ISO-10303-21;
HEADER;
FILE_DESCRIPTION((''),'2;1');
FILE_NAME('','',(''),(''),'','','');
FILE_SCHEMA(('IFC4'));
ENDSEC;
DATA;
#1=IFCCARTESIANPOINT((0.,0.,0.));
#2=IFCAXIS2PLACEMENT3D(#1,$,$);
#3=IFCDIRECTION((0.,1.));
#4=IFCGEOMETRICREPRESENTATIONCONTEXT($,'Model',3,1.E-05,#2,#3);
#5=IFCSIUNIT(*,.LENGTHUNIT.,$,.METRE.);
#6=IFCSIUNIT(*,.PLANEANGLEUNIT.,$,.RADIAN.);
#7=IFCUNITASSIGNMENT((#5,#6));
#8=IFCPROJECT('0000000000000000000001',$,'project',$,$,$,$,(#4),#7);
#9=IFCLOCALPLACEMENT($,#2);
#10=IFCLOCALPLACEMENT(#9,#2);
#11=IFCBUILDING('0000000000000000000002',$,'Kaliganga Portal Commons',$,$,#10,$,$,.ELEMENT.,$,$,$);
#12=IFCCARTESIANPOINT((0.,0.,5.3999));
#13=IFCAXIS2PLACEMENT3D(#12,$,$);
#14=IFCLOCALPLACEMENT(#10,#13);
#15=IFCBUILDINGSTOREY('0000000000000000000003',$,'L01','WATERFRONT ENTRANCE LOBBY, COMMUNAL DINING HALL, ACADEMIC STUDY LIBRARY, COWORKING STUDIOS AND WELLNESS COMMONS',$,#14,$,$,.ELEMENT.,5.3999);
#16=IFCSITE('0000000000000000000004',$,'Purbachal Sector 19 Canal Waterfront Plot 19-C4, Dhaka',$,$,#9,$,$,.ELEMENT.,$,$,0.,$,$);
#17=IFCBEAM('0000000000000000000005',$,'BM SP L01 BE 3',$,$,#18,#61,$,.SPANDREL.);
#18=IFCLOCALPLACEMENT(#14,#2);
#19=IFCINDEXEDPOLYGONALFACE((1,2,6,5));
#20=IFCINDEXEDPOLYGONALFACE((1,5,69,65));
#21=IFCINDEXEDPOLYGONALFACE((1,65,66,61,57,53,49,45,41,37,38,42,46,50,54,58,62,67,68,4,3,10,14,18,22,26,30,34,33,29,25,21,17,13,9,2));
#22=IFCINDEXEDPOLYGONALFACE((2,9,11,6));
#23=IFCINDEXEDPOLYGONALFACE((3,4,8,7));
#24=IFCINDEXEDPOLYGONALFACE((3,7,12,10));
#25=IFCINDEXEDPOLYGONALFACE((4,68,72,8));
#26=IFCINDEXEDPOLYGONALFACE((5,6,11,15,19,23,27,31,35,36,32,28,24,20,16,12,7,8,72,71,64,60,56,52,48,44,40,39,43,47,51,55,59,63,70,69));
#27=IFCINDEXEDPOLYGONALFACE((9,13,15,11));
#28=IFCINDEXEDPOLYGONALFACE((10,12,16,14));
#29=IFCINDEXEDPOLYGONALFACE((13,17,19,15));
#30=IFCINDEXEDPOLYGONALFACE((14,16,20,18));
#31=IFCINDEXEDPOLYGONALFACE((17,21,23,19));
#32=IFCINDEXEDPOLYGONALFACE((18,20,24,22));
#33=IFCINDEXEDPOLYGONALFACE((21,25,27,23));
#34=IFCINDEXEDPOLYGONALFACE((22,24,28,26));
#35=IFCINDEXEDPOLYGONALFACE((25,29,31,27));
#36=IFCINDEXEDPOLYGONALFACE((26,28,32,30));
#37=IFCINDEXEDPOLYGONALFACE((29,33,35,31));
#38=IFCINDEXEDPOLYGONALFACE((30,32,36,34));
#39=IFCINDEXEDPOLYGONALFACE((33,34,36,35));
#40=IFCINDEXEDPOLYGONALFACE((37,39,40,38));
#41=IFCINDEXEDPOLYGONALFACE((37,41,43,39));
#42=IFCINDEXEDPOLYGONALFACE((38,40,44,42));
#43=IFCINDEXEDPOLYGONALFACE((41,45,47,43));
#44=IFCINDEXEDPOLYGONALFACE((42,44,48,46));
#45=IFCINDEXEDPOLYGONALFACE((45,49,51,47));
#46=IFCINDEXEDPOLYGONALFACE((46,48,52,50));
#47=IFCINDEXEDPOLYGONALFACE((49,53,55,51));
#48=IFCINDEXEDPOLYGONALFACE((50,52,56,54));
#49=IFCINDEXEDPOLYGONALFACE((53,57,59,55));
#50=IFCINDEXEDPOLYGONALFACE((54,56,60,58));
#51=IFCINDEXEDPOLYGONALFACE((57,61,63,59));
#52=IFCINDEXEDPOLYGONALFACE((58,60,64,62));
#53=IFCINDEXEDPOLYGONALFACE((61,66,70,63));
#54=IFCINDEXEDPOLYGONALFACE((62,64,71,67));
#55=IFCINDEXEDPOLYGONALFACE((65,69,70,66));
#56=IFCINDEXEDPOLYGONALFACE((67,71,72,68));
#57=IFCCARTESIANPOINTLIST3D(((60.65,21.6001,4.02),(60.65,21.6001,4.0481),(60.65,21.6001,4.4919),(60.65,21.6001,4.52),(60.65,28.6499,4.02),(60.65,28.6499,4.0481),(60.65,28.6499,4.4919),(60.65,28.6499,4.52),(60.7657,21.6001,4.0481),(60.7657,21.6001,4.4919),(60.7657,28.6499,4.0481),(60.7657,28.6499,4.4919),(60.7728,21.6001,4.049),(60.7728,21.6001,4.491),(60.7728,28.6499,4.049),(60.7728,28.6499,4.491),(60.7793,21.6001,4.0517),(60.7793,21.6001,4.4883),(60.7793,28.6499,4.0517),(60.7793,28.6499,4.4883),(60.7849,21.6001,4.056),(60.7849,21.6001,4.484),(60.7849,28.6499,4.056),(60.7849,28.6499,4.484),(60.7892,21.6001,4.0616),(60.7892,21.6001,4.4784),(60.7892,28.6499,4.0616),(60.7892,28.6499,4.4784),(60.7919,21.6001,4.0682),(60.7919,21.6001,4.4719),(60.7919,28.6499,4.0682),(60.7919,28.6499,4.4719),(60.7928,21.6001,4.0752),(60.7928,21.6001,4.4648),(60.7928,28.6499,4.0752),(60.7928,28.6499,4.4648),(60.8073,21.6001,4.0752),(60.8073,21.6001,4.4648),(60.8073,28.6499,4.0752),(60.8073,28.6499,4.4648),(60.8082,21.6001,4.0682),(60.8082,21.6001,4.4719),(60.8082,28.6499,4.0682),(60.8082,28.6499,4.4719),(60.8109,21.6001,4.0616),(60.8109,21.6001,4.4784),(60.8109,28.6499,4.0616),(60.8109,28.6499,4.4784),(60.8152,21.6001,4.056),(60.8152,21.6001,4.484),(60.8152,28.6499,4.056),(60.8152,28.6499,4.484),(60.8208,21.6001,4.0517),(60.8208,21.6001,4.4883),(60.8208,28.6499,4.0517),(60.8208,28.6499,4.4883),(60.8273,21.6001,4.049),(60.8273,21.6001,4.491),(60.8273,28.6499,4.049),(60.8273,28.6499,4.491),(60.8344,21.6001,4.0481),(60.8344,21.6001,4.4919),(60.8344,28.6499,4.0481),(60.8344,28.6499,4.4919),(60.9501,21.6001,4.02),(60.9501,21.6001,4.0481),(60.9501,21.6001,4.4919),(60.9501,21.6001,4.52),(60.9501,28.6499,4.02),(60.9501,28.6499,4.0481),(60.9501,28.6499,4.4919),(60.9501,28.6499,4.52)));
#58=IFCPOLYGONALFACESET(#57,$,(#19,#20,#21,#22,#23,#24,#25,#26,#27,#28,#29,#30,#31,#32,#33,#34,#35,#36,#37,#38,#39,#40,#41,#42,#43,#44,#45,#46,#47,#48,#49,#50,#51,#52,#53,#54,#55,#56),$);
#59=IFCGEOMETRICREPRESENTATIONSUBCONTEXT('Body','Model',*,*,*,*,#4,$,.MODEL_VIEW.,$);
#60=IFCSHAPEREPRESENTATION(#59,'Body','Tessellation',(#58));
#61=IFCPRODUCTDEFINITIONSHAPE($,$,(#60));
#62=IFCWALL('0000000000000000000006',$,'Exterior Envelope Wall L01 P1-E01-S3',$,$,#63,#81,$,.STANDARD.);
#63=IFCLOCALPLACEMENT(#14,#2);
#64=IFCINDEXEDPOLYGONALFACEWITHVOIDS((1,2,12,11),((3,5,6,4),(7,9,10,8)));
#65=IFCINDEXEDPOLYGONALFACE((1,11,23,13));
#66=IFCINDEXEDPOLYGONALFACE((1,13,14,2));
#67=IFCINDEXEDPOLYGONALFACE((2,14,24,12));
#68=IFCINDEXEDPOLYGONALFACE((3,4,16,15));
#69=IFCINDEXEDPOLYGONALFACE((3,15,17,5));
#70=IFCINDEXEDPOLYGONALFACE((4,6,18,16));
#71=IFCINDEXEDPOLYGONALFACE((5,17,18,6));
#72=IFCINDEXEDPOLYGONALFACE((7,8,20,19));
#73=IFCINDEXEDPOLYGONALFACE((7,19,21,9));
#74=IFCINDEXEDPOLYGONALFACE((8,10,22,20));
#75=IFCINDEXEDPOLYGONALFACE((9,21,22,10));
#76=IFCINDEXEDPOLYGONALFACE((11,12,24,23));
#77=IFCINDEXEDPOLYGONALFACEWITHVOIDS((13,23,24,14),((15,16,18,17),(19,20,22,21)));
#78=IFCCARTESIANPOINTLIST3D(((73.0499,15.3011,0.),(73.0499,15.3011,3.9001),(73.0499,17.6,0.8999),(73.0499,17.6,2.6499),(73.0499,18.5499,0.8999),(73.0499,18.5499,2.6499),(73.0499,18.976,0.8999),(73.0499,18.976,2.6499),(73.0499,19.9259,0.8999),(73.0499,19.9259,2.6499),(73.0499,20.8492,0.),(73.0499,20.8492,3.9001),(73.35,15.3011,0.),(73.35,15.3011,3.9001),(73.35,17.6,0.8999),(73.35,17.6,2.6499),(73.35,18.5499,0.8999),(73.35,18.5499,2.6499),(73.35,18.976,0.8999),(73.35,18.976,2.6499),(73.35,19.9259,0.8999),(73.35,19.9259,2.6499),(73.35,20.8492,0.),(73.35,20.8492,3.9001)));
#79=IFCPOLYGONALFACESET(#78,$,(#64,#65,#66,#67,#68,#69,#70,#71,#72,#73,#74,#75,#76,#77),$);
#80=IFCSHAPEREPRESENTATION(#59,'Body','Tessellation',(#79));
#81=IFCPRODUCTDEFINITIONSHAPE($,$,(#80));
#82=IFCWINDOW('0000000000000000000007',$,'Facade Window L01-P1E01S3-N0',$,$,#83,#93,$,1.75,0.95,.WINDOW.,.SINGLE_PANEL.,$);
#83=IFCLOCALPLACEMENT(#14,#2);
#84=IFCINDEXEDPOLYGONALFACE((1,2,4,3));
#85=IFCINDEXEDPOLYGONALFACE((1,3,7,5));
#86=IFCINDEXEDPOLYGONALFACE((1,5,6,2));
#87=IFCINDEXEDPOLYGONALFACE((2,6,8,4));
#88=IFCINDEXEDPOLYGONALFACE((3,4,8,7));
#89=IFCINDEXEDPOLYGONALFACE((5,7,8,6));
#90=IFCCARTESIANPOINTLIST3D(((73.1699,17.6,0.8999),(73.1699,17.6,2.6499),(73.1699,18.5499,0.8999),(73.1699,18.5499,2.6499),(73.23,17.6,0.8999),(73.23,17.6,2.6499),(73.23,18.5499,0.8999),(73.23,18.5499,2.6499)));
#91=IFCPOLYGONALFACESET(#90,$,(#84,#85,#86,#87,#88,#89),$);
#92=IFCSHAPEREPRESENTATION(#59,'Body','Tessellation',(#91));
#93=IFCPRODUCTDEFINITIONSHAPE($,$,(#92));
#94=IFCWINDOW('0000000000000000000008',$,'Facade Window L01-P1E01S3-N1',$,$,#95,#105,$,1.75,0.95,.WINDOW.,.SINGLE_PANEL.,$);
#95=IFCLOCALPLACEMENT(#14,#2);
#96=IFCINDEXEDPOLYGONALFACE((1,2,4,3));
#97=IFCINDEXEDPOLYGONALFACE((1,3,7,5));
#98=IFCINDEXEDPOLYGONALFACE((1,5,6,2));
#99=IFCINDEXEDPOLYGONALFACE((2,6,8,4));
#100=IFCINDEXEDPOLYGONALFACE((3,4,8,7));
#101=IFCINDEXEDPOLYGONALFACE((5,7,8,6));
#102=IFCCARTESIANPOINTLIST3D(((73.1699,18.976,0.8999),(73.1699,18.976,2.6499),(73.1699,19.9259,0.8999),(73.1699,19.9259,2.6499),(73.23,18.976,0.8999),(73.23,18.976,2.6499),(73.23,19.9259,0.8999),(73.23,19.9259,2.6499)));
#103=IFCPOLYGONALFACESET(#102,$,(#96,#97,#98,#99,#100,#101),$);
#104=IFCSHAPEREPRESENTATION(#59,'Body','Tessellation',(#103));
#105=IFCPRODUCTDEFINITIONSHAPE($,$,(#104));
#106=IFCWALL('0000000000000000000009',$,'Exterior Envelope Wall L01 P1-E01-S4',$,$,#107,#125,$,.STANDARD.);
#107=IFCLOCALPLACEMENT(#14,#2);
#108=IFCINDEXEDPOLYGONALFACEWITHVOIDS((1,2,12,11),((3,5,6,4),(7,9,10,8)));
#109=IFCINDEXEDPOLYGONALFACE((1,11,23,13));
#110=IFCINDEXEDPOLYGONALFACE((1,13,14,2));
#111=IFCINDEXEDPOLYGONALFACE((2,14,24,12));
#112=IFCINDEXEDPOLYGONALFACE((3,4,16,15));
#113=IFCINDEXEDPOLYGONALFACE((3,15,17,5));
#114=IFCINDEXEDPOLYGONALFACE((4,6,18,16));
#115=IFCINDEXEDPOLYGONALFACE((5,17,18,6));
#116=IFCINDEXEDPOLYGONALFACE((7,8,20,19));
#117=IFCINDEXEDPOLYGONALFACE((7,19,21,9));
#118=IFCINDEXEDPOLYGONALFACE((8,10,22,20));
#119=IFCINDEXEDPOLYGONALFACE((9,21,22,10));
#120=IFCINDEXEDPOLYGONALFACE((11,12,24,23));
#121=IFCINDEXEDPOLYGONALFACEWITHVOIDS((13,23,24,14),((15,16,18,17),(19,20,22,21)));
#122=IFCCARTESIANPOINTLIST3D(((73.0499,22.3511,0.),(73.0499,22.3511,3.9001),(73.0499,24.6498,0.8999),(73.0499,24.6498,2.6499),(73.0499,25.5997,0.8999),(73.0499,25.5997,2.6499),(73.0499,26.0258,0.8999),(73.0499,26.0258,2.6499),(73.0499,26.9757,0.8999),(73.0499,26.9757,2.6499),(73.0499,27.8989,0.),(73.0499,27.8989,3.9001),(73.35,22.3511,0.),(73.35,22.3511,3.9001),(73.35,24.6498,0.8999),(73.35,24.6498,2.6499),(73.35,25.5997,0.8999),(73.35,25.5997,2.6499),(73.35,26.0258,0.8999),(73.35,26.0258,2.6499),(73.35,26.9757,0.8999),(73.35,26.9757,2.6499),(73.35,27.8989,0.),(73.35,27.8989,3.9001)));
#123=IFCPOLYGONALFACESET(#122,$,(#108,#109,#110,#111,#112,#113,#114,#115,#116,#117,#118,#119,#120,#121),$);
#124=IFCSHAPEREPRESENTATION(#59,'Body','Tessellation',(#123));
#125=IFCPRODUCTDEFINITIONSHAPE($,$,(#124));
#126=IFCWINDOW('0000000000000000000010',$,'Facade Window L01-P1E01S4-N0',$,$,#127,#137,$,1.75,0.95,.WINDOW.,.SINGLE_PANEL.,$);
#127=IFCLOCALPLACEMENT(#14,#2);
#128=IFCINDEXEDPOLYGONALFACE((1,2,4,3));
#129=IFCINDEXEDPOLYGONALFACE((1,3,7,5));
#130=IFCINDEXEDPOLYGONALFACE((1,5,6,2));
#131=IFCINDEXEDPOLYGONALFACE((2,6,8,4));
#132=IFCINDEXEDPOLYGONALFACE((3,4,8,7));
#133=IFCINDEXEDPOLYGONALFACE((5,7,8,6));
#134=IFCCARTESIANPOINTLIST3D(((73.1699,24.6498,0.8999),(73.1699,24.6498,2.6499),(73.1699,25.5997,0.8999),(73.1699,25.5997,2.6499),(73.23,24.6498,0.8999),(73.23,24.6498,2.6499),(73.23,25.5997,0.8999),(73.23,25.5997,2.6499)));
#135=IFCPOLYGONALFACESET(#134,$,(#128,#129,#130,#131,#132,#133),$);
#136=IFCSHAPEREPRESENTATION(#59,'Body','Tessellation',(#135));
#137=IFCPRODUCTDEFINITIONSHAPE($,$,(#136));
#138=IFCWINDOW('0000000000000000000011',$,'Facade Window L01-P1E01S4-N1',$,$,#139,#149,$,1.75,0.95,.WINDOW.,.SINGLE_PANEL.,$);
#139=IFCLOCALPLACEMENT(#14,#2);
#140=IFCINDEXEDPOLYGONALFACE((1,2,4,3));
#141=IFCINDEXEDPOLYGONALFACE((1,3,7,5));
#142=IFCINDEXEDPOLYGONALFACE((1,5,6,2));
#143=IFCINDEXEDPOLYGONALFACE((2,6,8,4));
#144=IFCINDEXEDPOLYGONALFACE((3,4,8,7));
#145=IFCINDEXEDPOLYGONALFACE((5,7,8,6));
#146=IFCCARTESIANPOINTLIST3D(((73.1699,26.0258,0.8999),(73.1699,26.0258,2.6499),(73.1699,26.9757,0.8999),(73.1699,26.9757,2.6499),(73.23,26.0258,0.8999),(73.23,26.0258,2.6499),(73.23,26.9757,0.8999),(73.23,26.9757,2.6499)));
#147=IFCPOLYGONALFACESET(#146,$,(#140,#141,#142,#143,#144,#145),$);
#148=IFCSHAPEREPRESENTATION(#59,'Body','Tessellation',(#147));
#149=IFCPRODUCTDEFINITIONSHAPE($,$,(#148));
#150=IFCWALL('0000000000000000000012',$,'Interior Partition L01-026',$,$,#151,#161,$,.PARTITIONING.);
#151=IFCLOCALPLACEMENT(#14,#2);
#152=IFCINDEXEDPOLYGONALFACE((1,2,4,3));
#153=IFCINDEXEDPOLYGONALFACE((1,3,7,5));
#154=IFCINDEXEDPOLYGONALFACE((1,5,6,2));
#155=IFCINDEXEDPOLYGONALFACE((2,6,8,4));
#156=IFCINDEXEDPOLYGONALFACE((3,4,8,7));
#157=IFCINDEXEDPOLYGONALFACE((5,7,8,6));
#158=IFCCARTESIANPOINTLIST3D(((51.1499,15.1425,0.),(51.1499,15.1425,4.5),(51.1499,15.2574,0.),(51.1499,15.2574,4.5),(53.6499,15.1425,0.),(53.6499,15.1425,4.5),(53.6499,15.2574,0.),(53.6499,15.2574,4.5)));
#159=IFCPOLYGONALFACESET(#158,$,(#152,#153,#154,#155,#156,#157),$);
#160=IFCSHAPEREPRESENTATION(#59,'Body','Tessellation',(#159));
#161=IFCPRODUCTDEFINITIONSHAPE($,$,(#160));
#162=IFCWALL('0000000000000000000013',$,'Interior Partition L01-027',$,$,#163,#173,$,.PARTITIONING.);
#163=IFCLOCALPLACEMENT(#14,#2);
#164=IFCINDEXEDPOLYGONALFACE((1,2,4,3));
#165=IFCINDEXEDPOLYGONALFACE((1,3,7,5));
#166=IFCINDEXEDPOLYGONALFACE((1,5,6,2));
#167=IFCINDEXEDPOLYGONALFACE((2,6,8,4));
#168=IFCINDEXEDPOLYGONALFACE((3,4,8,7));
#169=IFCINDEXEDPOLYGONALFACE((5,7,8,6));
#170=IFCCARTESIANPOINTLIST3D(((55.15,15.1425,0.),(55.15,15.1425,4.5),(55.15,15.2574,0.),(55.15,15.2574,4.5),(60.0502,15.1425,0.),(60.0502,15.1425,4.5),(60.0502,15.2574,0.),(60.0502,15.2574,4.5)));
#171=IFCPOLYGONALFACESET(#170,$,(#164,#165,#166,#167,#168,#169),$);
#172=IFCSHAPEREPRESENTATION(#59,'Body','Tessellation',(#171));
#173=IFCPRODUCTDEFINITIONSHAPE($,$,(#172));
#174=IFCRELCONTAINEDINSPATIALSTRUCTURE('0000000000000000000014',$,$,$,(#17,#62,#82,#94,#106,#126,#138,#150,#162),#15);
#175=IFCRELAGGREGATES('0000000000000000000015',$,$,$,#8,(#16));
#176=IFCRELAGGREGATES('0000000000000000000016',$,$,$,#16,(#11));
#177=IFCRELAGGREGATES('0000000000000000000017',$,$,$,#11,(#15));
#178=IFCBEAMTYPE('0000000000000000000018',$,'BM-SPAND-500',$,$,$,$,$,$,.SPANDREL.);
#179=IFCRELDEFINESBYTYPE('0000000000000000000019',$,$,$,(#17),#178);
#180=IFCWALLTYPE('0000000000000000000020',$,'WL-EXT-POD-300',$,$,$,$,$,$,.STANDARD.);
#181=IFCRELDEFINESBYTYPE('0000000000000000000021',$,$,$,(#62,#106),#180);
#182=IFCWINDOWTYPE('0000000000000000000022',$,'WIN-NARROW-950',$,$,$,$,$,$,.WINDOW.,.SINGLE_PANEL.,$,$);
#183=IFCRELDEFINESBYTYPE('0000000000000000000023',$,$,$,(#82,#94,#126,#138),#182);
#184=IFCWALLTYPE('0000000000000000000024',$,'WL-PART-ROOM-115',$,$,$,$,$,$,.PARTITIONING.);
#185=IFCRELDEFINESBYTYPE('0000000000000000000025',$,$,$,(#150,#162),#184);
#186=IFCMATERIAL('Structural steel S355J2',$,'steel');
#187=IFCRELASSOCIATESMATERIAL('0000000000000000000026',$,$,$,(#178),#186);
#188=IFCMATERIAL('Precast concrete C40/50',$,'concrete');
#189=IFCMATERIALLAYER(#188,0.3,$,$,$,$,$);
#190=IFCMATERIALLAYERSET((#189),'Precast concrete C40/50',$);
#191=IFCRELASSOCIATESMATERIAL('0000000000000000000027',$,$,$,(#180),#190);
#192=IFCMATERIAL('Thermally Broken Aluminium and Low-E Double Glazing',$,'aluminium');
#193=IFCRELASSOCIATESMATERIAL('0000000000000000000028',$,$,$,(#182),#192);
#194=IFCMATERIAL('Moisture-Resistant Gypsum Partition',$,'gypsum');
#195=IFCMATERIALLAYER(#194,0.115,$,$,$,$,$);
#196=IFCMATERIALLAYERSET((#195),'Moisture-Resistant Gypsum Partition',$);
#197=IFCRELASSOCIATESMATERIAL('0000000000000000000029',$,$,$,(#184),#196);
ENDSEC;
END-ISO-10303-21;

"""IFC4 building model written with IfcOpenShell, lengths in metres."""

from ifc_helpers import new_model, si_unit, direction, frame, frame_2d, origin, origin_2d, place, context, subcontext, project, spatial, rectangle, i_section, extrude, source, transform, mapped, material, layer, layer_set, material_profile, profile_set, type_object, element, fill, save


model = new_model("IFC4")

# Units and contexts
model_context = context("Model", 3, precision=1e-05, world=origin(), true_north=direction((0.0, 1.0)))
body_context = subcontext(model_context, "Body", "Model", "MODEL_VIEW")
ifc_project = project(units=[si_unit("LENGTHUNIT", "METRE"), si_unit("PLANEANGLEUNIT", "RADIAN")], contexts=[model_context])

# Site, building, storey
site_placement = place(None, origin())
site = spatial("IfcSite", under=ifc_project, at=site_placement, Name="Purbachal Sector 19 Canal Waterfront Plot 19-C4, Dhaka", CompositionType="ELEMENT", RefElevation=0.0)
building_placement = place(site_placement, origin())
building = spatial("IfcBuilding", under=site, at=building_placement, Name="Kaliganga Portal Commons", CompositionType="ELEMENT")
storey_placement = place(building_placement, frame((0.0, 0.0, 5.3999)))
storey = spatial("IfcBuildingStorey", under=building, at=storey_placement, Name="L01", Description="WATERFRONT ENTRANCE LOBBY, COMMUNAL DINING HALL, ACADEMIC STUDY LIBRARY, COWORKING STUDIOS AND WELLNESS COMMONS", CompositionType="ELEMENT", Elevation=5.3999)

# Beam
ifc_material_1 = material(Name="Structural steel S355J2", Category="steel")
ifc_material_profile_1 = material_profile(ifc_material_1, i_section(OverallWidth=0.3, OverallDepth=0.5, WebThickness=0.0144, FlangeThickness=0.0281, FilletRadius=0.0271, at=origin_2d()), Name="HE 500 B")
ifc_profile_set_1 = profile_set([ifc_material_profile_1], Name="Structural steel S355J2 wide-flange")
beam_type_1 = type_object("IfcBeamType", Name="BM-SPAND-500", PredefinedType="SPANDREL", material=ifc_profile_set_1)
shared_shape_1 = source(origin(), body_context, "Body", "SweptSolid", [
    extrude(i_section(OverallWidth=0.3, OverallDepth=0.5, WebThickness=0.0144, FlangeThickness=0.0281, FilletRadius=0.0271, at=origin_2d()), origin(), (0.0, 0.0, 1.0), 7.0498),
])
beam_1_placement = place(storey_placement, frame((60.8, 21.6001, 4.27), z_axis=(0.0, 1.0, 0.0), x_axis=(-1.0, 0.0, 0.0)))
element("IfcBeam", 1, at=beam_1_placement, inside=storey, type_object=beam_type_1, Name="BM SP L01 BE 3", PredefinedType="SPANDREL", context=body_context, shape_type="MappedRepresentation", body=[
    mapped(shared_shape_1, transform((0.0, 0.0, 0.0), x_axis=(1.0, 0.0, 0.0), y_axis=(0.0, 1.0, 0.0), z_axis=(0.0, 0.0, 1.0), scale=1.0)),
])

# Walls, openings, windows
ifc_material_2 = material(Name="Precast concrete C40/50", Category="concrete")
ifc_layer_1 = layer(ifc_material_2, 0.3)
ifc_layer_set_1 = layer_set([ifc_layer_1], Name="Precast concrete C40/50")
wall_type_1 = type_object("IfcWallType", Name="WL-EXT-POD-300", PredefinedType="STANDARD", material=ifc_layer_set_1)
wall_1_placement = place(storey_placement, frame((73.2, 20.8491, 0.0), z_axis=(0.0, 0.0, 1.0), x_axis=(0.0, -1.0, 0.0)))
wall_1 = element("IfcWall", 2, at=wall_1_placement, inside=storey, type_object=wall_type_1, Name="Exterior Envelope Wall L01 P1-E01-S3", PredefinedType="STANDARD", context=body_context, shape_type="SweptSolid", body=[
    extrude(rectangle(XDim=5.5481, YDim=0.3, at=frame_2d((2.7739, 0.0))), origin(), (0.0, 0.0, 1.0), 3.9001),
])
opening_1_placement = place(wall_1_placement, frame((2.2991, 0.0, 0.8999)))
opening_1 = element("IfcOpeningElement", 3, at=opening_1_placement, cuts=wall_1, PredefinedType="OPENING", context=body_context, shape_type="SweptSolid", body=[
    extrude(rectangle(XDim=0.95, YDim=1.75, at=frame_2d((0.4751, 0.875))), frame((0.0, 0.1602, 0.0), z_axis=(0.0, -1.0, 0.0), x_axis=(1.0, 0.0, 0.0)), (0.0, 0.0, 1.0), 0.3201),
])
opening_2_placement = place(wall_1_placement, frame((0.9231, 0.0, 0.8999)))
opening_2 = element("IfcOpeningElement", 4, at=opening_2_placement, cuts=wall_1, PredefinedType="OPENING", context=body_context, shape_type="SweptSolid", body=[
    extrude(rectangle(XDim=0.95, YDim=1.75, at=frame_2d((0.4751, 0.875))), frame((0.0, 0.1602, 0.0), z_axis=(0.0, -1.0, 0.0), x_axis=(1.0, 0.0, 0.0)), (0.0, 0.0, 1.0), 0.3201),
])
ifc_material_3 = material(Name="Thermally Broken Aluminium and Low-E Double Glazing", Category="aluminium")
window_type = type_object("IfcWindowType", Name="WIN-NARROW-950", PartitioningType="SINGLE_PANEL", PredefinedType="WINDOW", material=ifc_material_3)
window_1_placement = place(opening_1_placement, origin())
window_1 = element("IfcWindow", 5, at=window_1_placement, inside=storey, type_object=window_type, Name="Facade Window L01-P1E01S3-N0", OverallHeight=1.75, OverallWidth=0.95, PartitioningType="SINGLE_PANEL", PredefinedType="WINDOW", context=body_context, shape_type="SweptSolid", body=[
    extrude(rectangle(XDim=0.95, YDim=1.75, at=frame_2d((0.4751, 0.875))), frame((0.0, 0.03, 0.0), z_axis=(0.0, -1.0, 0.0), x_axis=(1.0, 0.0, 0.0)), (0.0, 0.0, 1.0), 0.0601),
])
fill(opening_1, window_1)
window_2_placement = place(opening_2_placement, origin())
window_2 = element("IfcWindow", 6, at=window_2_placement, inside=storey, type_object=window_type, Name="Facade Window L01-P1E01S3-N1", OverallHeight=1.75, OverallWidth=0.95, PartitioningType="SINGLE_PANEL", PredefinedType="WINDOW", context=body_context, shape_type="SweptSolid", body=[
    extrude(rectangle(XDim=0.95, YDim=1.75, at=frame_2d((0.4751, 0.875))), frame((0.0, 0.03, 0.0), z_axis=(0.0, -1.0, 0.0), x_axis=(1.0, 0.0, 0.0)), (0.0, 0.0, 1.0), 0.0601),
])
fill(opening_2, window_2)
wall_2_placement = place(storey_placement, frame((73.2, 27.8989, 0.0), z_axis=(0.0, 0.0, 1.0), x_axis=(0.0, -1.0, 0.0)))
wall_2 = element("IfcWall", 7, at=wall_2_placement, inside=storey, type_object=wall_type_1, Name="Exterior Envelope Wall L01 P1-E01-S4", PredefinedType="STANDARD", context=body_context, shape_type="SweptSolid", body=[
    extrude(rectangle(XDim=5.5479, YDim=0.3, at=frame_2d((2.7739, 0.0))), origin(), (0.0, 0.0, 1.0), 3.9001),
])
opening_3_placement = place(wall_2_placement, frame((2.2991, 0.0, 0.8999)))
opening_3 = element("IfcOpeningElement", 8, at=opening_3_placement, cuts=wall_2, PredefinedType="OPENING", context=body_context, shape_type="SweptSolid", body=[
    extrude(rectangle(XDim=0.95, YDim=1.75, at=frame_2d((0.4751, 0.875))), frame((0.0, 0.1602, 0.0), z_axis=(0.0, -1.0, 0.0), x_axis=(1.0, 0.0, 0.0)), (0.0, 0.0, 1.0), 0.3201),
])
opening_4_placement = place(wall_2_placement, frame((0.9231, 0.0, 0.8999)))
opening_4 = element("IfcOpeningElement", 9, at=opening_4_placement, cuts=wall_2, PredefinedType="OPENING", context=body_context, shape_type="SweptSolid", body=[
    extrude(rectangle(XDim=0.95, YDim=1.75, at=frame_2d((0.4751, 0.875))), frame((0.0, 0.1602, 0.0), z_axis=(0.0, -1.0, 0.0), x_axis=(1.0, 0.0, 0.0)), (0.0, 0.0, 1.0), 0.3201),
])
window_3_placement = place(opening_3_placement, origin())
window_3 = element("IfcWindow", 10, at=window_3_placement, inside=storey, type_object=window_type, Name="Facade Window L01-P1E01S4-N0", OverallHeight=1.75, OverallWidth=0.95, PartitioningType="SINGLE_PANEL", PredefinedType="WINDOW", context=body_context, shape_type="SweptSolid", body=[
    extrude(rectangle(XDim=0.95, YDim=1.75, at=frame_2d((0.4751, 0.875))), frame((0.0, 0.03, 0.0), z_axis=(0.0, -1.0, 0.0), x_axis=(1.0, 0.0, 0.0)), (0.0, 0.0, 1.0), 0.0601),
])
fill(opening_3, window_3)
window_4_placement = place(opening_4_placement, origin())
window_4 = element("IfcWindow", 11, at=window_4_placement, inside=storey, type_object=window_type, Name="Facade Window L01-P1E01S4-N1", OverallHeight=1.75, OverallWidth=0.95, PartitioningType="SINGLE_PANEL", PredefinedType="WINDOW", context=body_context, shape_type="SweptSolid", body=[
    extrude(rectangle(XDim=0.95, YDim=1.75, at=frame_2d((0.4751, 0.875))), frame((0.0, 0.03, 0.0), z_axis=(0.0, -1.0, 0.0), x_axis=(1.0, 0.0, 0.0)), (0.0, 0.0, 1.0), 0.0601),
])
fill(opening_4, window_4)

# Walls
ifc_material_4 = material(Name="Moisture-Resistant Gypsum Partition", Category="gypsum")
ifc_layer_2 = layer(ifc_material_4, 0.115)
ifc_layer_set_2 = layer_set([ifc_layer_2], Name="Moisture-Resistant Gypsum Partition")
wall_type_2 = type_object("IfcWallType", Name="WL-PART-ROOM-115", PredefinedType="PARTITIONING", material=ifc_layer_set_2)
wall_3_placement = place(storey_placement, frame((51.1499, 15.2, 0.0), z_axis=(0.0, 0.0, 1.0), x_axis=(1.0, 0.0, 0.0)))
element("IfcWall", 12, at=wall_3_placement, inside=storey, type_object=wall_type_2, Name="Interior Partition L01-026", PredefinedType="PARTITIONING", context=body_context, shape_type="SweptSolid", body=[
    extrude(rectangle(XDim=2.5, YDim=0.115, at=frame_2d((1.25, 0.0))), origin(), (0.0, 0.0, 1.0), 4.5),
])
wall_4_placement = place(storey_placement, frame((55.1499, 15.2, 0.0), z_axis=(0.0, 0.0, 1.0), x_axis=(1.0, 0.0, 0.0)))
element("IfcWall", 13, at=wall_4_placement, inside=storey, type_object=wall_type_2, Name="Interior Partition L01-027", PredefinedType="PARTITIONING", context=body_context, shape_type="SweptSolid", body=[
    extrude(rectangle(XDim=4.9001, YDim=0.115, at=frame_2d((2.4502, 0.0))), origin(), (0.0, 0.0, 1.0), 4.5),
])

save(model, "model.ifc")
